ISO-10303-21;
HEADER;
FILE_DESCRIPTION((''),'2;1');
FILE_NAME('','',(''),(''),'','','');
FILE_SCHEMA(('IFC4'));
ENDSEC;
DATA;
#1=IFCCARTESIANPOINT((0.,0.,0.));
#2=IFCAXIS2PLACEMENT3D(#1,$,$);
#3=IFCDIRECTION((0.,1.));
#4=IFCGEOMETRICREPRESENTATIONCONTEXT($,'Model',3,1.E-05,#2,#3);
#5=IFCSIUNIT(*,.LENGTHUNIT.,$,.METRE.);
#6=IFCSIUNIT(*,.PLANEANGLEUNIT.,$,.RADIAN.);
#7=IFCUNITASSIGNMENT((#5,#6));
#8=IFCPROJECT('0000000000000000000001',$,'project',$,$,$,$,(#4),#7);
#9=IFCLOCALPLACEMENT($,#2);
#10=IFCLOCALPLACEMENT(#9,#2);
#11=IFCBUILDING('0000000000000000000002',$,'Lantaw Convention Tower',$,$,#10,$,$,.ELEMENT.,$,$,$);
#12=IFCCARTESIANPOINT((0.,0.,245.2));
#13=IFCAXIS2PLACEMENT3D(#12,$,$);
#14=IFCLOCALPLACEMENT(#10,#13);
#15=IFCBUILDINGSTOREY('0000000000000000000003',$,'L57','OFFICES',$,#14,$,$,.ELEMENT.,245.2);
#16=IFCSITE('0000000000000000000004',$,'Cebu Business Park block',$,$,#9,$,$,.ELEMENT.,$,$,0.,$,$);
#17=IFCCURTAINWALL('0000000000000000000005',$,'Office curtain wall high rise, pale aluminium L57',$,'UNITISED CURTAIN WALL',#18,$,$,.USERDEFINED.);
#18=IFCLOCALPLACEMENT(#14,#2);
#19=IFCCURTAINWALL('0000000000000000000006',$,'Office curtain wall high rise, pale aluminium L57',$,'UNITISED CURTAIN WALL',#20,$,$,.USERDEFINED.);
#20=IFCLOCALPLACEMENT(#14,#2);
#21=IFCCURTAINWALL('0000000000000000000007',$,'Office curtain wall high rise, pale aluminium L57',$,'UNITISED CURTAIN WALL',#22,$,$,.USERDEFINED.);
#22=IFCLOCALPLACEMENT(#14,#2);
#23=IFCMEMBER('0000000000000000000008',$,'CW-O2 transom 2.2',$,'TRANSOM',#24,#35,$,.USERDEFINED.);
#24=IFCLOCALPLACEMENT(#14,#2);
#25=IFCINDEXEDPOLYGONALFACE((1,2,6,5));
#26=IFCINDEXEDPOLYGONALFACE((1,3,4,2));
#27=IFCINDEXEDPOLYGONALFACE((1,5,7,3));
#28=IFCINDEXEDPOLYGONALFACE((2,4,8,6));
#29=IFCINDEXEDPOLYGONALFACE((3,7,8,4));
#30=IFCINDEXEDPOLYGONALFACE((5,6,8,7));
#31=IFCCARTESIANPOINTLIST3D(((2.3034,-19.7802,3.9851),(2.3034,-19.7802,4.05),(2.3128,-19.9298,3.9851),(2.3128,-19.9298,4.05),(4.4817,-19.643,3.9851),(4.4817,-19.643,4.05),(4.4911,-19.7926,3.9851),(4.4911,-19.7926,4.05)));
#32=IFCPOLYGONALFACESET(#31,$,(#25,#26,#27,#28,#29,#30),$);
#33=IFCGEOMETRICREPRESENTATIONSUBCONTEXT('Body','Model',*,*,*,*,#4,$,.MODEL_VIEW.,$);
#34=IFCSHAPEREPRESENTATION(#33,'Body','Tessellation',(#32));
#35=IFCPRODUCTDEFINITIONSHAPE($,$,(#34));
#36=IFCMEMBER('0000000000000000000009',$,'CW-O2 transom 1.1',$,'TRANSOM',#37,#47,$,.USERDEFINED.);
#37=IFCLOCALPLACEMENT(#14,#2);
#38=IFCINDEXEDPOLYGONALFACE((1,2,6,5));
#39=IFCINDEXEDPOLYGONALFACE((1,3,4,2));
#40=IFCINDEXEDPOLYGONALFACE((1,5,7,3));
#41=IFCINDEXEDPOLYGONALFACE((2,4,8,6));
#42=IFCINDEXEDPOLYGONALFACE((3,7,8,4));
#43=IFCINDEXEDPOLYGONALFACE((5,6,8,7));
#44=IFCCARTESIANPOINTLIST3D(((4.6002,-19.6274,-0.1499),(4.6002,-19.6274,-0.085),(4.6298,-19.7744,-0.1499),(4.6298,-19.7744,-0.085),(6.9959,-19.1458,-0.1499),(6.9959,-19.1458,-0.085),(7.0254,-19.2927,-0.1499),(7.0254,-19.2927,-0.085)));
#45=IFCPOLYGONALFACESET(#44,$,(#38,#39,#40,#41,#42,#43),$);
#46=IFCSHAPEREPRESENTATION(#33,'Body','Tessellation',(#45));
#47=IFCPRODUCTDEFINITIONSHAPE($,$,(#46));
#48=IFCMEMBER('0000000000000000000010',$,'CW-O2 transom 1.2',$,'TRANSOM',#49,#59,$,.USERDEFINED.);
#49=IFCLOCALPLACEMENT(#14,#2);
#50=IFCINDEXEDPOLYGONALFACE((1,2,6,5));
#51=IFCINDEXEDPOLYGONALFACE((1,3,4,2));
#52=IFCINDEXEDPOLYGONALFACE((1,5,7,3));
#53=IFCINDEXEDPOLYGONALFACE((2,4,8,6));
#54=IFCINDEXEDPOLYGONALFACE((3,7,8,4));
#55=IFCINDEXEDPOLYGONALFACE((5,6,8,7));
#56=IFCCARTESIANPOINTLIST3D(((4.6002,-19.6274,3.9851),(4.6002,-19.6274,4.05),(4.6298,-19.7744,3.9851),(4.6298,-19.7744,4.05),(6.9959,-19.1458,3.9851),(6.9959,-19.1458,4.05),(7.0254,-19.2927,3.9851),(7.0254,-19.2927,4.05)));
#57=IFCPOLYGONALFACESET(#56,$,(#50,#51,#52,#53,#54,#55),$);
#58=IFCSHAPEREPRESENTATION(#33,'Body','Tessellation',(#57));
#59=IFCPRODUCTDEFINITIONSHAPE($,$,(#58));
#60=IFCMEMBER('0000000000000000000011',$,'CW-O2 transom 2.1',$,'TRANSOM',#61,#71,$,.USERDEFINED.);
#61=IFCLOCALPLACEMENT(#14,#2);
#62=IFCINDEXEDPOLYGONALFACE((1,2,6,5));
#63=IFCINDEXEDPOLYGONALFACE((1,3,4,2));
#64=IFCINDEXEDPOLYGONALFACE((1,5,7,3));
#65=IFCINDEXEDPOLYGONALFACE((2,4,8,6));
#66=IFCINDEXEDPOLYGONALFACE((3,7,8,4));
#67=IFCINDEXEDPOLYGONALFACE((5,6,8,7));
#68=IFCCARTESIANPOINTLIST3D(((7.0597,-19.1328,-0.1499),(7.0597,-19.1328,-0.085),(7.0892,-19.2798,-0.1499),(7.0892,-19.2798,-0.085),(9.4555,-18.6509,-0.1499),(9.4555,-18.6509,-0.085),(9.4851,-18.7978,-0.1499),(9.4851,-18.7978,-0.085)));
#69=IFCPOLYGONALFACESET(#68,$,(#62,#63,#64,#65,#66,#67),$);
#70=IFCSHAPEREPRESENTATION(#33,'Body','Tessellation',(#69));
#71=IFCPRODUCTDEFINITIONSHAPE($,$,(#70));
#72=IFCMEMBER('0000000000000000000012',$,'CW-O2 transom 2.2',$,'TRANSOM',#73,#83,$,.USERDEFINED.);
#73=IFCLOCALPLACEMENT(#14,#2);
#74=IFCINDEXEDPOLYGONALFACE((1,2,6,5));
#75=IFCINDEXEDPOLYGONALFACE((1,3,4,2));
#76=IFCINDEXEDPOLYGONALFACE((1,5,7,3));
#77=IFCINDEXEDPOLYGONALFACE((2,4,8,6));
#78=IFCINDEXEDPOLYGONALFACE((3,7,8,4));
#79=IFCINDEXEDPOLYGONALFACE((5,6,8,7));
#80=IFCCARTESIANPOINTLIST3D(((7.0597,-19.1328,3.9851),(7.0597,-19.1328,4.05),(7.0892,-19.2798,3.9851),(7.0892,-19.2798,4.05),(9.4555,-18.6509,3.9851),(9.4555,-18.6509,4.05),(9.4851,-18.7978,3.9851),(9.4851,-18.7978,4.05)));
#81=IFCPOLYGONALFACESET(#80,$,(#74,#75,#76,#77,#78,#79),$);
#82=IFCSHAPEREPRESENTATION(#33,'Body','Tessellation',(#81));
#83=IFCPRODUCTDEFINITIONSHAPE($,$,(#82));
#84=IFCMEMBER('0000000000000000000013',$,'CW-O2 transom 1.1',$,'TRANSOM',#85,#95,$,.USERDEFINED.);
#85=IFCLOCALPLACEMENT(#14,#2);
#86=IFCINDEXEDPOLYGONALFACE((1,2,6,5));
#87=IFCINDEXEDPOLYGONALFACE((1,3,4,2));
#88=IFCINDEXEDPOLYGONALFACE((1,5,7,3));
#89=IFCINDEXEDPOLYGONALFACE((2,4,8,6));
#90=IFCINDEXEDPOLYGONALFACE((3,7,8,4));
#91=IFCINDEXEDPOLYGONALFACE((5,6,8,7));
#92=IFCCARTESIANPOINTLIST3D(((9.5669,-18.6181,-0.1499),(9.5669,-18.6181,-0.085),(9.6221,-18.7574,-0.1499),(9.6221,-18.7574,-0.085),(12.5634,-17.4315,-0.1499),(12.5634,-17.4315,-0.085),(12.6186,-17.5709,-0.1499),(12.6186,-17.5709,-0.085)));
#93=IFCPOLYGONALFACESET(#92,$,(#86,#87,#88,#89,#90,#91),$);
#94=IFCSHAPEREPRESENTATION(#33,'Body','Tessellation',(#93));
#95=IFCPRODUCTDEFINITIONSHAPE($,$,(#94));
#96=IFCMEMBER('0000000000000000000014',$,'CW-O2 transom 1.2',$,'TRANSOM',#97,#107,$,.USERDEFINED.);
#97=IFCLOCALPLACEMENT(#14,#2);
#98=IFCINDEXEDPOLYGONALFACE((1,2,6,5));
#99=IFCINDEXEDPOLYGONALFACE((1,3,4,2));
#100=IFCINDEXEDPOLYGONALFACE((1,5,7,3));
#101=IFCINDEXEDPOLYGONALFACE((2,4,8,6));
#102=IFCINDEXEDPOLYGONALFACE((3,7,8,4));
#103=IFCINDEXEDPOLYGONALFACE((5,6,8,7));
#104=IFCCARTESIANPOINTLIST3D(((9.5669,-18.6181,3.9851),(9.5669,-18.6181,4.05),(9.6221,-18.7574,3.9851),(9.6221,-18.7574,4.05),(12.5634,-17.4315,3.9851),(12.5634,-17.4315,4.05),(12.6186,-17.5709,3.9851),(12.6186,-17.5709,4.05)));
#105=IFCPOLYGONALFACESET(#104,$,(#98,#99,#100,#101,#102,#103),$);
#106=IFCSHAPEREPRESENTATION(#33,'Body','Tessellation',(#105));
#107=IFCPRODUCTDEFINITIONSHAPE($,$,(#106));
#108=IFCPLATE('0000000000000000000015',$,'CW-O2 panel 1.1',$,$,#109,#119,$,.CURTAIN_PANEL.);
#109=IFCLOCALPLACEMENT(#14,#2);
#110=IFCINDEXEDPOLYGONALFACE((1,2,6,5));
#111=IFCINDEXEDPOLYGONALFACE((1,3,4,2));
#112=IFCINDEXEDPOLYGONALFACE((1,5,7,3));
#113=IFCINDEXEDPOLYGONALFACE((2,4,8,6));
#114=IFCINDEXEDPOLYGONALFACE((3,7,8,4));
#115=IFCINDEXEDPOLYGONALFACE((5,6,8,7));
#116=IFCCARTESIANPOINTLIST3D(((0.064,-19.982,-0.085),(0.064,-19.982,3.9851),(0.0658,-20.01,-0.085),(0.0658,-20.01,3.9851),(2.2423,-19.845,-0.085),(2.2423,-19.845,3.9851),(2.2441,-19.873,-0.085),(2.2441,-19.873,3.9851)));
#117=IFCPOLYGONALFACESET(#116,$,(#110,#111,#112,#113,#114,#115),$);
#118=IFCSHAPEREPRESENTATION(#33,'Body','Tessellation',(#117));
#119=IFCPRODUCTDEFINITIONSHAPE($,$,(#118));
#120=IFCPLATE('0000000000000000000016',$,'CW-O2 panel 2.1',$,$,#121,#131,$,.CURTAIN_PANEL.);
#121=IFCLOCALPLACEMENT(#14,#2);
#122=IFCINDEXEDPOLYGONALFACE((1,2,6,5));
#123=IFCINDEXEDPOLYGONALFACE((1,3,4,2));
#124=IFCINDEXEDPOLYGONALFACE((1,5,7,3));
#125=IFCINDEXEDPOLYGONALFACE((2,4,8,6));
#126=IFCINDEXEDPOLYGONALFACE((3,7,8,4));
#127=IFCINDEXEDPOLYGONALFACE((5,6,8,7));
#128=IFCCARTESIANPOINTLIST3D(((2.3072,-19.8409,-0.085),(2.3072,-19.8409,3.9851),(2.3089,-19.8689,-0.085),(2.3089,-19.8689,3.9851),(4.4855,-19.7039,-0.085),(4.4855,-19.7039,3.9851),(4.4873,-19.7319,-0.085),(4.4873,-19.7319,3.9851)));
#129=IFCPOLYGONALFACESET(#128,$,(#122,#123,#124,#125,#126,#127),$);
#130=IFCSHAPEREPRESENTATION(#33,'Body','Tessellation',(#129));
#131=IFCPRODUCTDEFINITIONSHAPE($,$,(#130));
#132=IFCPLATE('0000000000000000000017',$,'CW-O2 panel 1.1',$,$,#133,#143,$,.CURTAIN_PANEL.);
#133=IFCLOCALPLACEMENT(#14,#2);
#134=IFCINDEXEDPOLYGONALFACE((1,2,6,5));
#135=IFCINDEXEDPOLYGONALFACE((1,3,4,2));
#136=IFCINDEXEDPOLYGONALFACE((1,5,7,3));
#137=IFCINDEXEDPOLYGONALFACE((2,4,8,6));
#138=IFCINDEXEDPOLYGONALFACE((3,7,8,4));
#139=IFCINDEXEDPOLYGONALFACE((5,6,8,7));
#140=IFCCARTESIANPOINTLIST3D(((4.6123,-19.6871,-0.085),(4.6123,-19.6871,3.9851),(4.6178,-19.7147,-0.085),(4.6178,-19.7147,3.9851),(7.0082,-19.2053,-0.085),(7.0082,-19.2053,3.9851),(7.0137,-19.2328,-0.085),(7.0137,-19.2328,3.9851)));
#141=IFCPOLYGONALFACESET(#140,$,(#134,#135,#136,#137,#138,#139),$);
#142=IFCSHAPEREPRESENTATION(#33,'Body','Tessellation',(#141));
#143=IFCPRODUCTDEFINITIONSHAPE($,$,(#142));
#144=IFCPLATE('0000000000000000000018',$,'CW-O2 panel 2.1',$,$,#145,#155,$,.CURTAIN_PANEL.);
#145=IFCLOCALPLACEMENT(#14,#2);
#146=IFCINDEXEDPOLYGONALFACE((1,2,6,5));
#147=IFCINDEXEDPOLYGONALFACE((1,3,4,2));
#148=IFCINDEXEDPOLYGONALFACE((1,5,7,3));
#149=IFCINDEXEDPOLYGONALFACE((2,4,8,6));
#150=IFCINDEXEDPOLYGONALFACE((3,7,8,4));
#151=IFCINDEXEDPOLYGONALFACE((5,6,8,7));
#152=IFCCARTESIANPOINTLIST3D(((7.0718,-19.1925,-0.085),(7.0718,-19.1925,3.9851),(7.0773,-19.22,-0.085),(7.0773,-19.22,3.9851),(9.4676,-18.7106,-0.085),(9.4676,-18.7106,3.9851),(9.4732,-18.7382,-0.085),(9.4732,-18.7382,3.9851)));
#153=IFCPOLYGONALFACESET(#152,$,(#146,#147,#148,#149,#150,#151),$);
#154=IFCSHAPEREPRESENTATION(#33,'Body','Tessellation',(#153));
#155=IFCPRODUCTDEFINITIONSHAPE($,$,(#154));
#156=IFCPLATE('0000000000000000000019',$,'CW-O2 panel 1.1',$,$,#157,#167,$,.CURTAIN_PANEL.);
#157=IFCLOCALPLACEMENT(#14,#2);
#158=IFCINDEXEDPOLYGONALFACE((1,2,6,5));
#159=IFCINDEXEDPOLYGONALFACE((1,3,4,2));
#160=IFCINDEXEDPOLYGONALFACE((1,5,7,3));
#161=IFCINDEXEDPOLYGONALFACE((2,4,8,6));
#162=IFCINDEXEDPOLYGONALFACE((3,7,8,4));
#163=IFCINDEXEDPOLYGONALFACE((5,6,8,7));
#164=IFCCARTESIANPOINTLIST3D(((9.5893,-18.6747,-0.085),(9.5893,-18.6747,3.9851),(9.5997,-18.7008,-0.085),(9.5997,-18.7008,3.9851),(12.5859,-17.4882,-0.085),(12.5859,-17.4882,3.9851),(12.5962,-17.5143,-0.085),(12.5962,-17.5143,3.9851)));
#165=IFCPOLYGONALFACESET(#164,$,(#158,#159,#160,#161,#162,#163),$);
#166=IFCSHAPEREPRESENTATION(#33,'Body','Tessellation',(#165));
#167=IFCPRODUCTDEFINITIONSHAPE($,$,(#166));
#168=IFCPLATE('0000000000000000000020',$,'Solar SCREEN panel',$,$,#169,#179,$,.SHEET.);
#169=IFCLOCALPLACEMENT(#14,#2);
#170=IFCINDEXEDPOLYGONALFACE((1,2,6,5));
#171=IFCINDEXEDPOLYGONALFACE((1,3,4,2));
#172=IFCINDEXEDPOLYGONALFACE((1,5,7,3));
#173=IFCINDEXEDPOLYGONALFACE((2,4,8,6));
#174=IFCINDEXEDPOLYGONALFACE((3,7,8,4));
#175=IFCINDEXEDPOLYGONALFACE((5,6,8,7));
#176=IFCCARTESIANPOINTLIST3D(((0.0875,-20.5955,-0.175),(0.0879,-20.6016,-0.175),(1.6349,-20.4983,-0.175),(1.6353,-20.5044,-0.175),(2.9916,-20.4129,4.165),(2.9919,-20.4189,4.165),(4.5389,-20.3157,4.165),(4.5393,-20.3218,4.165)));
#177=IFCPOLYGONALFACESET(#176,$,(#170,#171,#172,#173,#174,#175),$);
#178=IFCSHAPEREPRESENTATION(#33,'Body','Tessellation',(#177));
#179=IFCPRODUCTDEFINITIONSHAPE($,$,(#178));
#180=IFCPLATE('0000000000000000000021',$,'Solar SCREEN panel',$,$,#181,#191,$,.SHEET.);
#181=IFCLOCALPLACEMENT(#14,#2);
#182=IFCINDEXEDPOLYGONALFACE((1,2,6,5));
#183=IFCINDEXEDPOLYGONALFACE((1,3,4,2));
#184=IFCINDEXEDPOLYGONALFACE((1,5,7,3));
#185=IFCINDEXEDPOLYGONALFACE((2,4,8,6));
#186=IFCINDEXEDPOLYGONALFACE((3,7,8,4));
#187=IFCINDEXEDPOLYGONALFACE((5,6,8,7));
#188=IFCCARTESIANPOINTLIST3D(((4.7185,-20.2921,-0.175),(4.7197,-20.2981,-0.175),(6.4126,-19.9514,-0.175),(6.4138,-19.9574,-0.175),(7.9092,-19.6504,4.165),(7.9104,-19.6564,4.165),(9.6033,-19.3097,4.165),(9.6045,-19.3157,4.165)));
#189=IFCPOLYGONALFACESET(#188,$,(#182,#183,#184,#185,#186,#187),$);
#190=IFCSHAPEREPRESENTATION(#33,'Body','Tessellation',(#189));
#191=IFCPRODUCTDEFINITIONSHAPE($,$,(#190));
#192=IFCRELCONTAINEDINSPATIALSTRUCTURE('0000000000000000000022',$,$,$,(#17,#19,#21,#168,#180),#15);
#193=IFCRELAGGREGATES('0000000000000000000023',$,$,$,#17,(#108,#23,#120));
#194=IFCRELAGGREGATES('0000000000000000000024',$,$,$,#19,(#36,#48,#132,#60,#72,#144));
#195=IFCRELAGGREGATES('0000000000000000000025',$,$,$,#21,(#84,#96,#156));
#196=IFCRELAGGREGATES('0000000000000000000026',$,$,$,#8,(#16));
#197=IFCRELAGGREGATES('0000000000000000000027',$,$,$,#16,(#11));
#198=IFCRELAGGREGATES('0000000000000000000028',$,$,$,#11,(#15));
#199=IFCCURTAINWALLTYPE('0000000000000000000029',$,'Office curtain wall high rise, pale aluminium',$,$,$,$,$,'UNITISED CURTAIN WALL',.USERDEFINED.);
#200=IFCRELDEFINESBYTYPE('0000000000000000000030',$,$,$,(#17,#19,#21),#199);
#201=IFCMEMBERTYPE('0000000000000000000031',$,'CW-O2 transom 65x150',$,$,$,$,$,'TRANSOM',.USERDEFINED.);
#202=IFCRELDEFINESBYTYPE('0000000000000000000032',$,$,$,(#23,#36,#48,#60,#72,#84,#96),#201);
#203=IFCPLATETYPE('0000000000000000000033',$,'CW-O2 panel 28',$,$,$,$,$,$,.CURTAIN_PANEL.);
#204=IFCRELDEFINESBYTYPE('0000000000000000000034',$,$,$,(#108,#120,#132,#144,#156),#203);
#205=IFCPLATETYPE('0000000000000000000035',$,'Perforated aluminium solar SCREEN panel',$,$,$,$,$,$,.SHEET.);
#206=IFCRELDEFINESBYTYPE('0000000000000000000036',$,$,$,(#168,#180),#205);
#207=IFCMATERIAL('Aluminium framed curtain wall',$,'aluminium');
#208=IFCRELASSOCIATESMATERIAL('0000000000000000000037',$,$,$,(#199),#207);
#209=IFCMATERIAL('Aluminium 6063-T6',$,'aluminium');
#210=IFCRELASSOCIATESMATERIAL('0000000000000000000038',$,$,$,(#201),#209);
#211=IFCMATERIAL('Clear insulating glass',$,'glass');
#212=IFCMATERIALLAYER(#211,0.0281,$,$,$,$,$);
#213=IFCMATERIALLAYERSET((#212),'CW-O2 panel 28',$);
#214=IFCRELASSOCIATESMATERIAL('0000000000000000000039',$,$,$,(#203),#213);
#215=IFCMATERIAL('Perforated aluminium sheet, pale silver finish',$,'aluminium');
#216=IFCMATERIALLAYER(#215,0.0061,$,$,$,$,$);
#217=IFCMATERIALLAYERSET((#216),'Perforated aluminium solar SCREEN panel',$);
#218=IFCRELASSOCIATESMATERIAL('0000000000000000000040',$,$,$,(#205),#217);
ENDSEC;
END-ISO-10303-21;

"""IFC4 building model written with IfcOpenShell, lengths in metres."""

from ifc_helpers import new_model, si_unit, direction, frame, origin, origin_2d, place, context, subcontext, project, spatial, polyline, rectangle, outline, extrude, material, layer, layer_set, material_profile, profile_set, type_object, element, aggregate, save


model = new_model("IFC4")

# Units and contexts
model_context = context("Model", 3, precision=1e-05, world=origin(), true_north=direction((0.0, 1.0)))
body_context = subcontext(model_context, "Body", "Model", "MODEL_VIEW")
ifc_project = project(units=[si_unit("LENGTHUNIT", "METRE"), si_unit("PLANEANGLEUNIT", "RADIAN")], contexts=[model_context])

# Site, building, storey
site_placement = place(None, origin())
site = spatial("IfcSite", under=ifc_project, at=site_placement, Name="Cebu Business Park block", CompositionType="ELEMENT", RefElevation=0.0)
building_placement = place(site_placement, origin())
building = spatial("IfcBuilding", under=site, at=building_placement, Name="Lantaw Convention Tower", CompositionType="ELEMENT")
storey_placement = place(building_placement, frame((0.0, 0.0, 245.2)))
storey = spatial("IfcBuildingStorey", under=building, at=storey_placement, Name="L57", Description="OFFICES", CompositionType="ELEMENT", Elevation=245.2)

# Curtain walls
ifc_material_1 = material(Name="Aluminium framed curtain wall", Category="aluminium")
curtain_wall_type = type_object("IfcCurtainWallType", Name="Office curtain wall high rise, pale aluminium", ElementType="UNITISED CURTAIN WALL", PredefinedType="USERDEFINED", material=ifc_material_1)
curtain_wall_1_placement = place(storey_placement, origin())
curtain_wall_1 = element("IfcCurtainWall", 1, at=curtain_wall_1_placement, inside=storey, type_object=curtain_wall_type, Name="Office curtain wall high rise, pale aluminium L57", ObjectType="UNITISED CURTAIN WALL", PredefinedType="USERDEFINED")
ifc_material_2 = material(Name="Aluminium 6063-T6", Category="aluminium")
curtain_wall_2_placement = place(storey_placement, origin())
curtain_wall_2 = element("IfcCurtainWall", 2, at=curtain_wall_2_placement, inside=storey, type_object=curtain_wall_type, Name="Office curtain wall high rise, pale aluminium L57", ObjectType="UNITISED CURTAIN WALL", PredefinedType="USERDEFINED")
curtain_wall_3_placement = place(storey_placement, origin())
curtain_wall_3 = element("IfcCurtainWall", 3, at=curtain_wall_3_placement, inside=storey, type_object=curtain_wall_type, Name="Office curtain wall high rise, pale aluminium L57", ObjectType="UNITISED CURTAIN WALL", PredefinedType="USERDEFINED")

# Members
ifc_material_profile_1 = material_profile(ifc_material_2, rectangle(XDim=0.1499, YDim=0.0649, at=origin_2d()), Name="CW-O2 transom 65x150")
ifc_profile_set_1 = profile_set([ifc_material_profile_1], Name="Aluminium 6063-T6")
member_type_1 = type_object("IfcMemberType", Name="CW-O2 transom 65x150", ElementType="TRANSOM", PredefinedType="USERDEFINED", material=ifc_profile_set_1)
member_1_placement = place(storey_placement, frame((2.3081, -19.855, 4.0176), z_axis=(0.998022, 0.062866, 0.0), x_axis=(-0.062866, 0.998022, 0.0)))
member_1 = element("IfcMember", 4, at=member_1_placement, type_object=member_type_1, Name="CW-O2 transom 2.2", ObjectType="TRANSOM", PredefinedType="USERDEFINED", context=body_context, shape_type="SweptSolid", body=[
    extrude(rectangle(XDim=0.1499, YDim=0.0649, at=origin_2d()), origin(), (0.0, 0.0, 1.0), 2.1826),
])
member_2_placement = place(storey_placement, frame((4.615, -19.7009, -0.1174), z_axis=(0.98038, 0.197115, 0.0), x_axis=(-0.197115, 0.98038, 0.0)))
member_2 = element("IfcMember", 5, at=member_2_placement, type_object=member_type_1, Name="CW-O2 transom 1.1", ObjectType="TRANSOM", PredefinedType="USERDEFINED", context=body_context, shape_type="SweptSolid", body=[
    extrude(rectangle(XDim=0.1499, YDim=0.0649, at=origin_2d()), origin(), (0.0, 0.0, 1.0), 2.4436),
])
member_3_placement = place(storey_placement, frame((4.615, -19.7009, 4.0176), z_axis=(0.98038, 0.197115, 0.0), x_axis=(-0.197115, 0.98038, 0.0)))
member_3 = element("IfcMember", 6, at=member_3_placement, type_object=member_type_1, Name="CW-O2 transom 1.2", ObjectType="TRANSOM", PredefinedType="USERDEFINED", context=body_context, shape_type="SweptSolid", body=[
    extrude(rectangle(XDim=0.1499, YDim=0.0649, at=origin_2d()), origin(), (0.0, 0.0, 1.0), 2.4436),
])
member_4_placement = place(storey_placement, frame((7.0745, -19.2063, -0.1174), z_axis=(0.980361, 0.197211, 0.0), x_axis=(-0.197211, 0.980361, 0.0)))
member_4 = element("IfcMember", 7, at=member_4_placement, type_object=member_type_1, Name="CW-O2 transom 2.1", ObjectType="TRANSOM", PredefinedType="USERDEFINED", context=body_context, shape_type="SweptSolid", body=[
    extrude(rectangle(XDim=0.1499, YDim=0.0649, at=origin_2d()), origin(), (0.0, 0.0, 1.0), 2.4438),
])
member_5_placement = place(storey_placement, frame((7.0745, -19.2063, 4.0176), z_axis=(0.980361, 0.197211, 0.0), x_axis=(-0.197211, 0.980361, 0.0)))
member_5 = element("IfcMember", 8, at=member_5_placement, type_object=member_type_1, Name="CW-O2 transom 2.2", ObjectType="TRANSOM", PredefinedType="USERDEFINED", context=body_context, shape_type="SweptSolid", body=[
    extrude(rectangle(XDim=0.1499, YDim=0.0649, at=origin_2d()), origin(), (0.0, 0.0, 1.0), 2.4438),
])
member_6_placement = place(storey_placement, frame((9.5945, -18.6877, -0.1174), z_axis=(0.929767, 0.368149, 0.0), x_axis=(-0.368149, 0.929767, 0.0)))
member_6 = element("IfcMember", 9, at=member_6_placement, type_object=member_type_1, Name="CW-O2 transom 1.1", ObjectType="TRANSOM", PredefinedType="USERDEFINED", context=body_context, shape_type="SweptSolid", body=[
    extrude(rectangle(XDim=0.1499, YDim=0.0649, at=origin_2d()), origin(), (0.0, 0.0, 1.0), 3.2229),
])
member_7_placement = place(storey_placement, frame((9.5945, -18.6877, 4.0176), z_axis=(0.929767, 0.368149, 0.0), x_axis=(-0.368149, 0.929767, 0.0)))
member_7 = element("IfcMember", 10, at=member_7_placement, type_object=member_type_1, Name="CW-O2 transom 1.2", ObjectType="TRANSOM", PredefinedType="USERDEFINED", context=body_context, shape_type="SweptSolid", body=[
    extrude(rectangle(XDim=0.1499, YDim=0.0649, at=origin_2d()), origin(), (0.0, 0.0, 1.0), 3.2229),
])

# Plates
ifc_material_3 = material(Name="Clear insulating glass", Category="glass")
ifc_layer_1 = layer(ifc_material_3, 0.0281)
ifc_layer_set_1 = layer_set([ifc_layer_1], Name="CW-O2 panel 28")
plate_type_1 = type_object("IfcPlateType", Name="CW-O2 panel 28", PredefinedType="CURTAIN_PANEL", material=ifc_layer_set_1)
plate_1_placement = place(storey_placement, frame((1.1541, -19.9275, -0.085), z_axis=(0.0, 0.0, 1.0), x_axis=(0.998029, 0.062758, 0.0)))
plate_1 = element("IfcPlate", 11, at=plate_1_placement, type_object=plate_type_1, Name="CW-O2 panel 1.1", PredefinedType="CURTAIN_PANEL", context=body_context, shape_type="SweptSolid", body=[
    extrude(rectangle(XDim=2.1826, YDim=0.0281, at=origin_2d()), origin(), (0.0, 0.0, 1.0), 4.0701),
])
plate_2_placement = place(storey_placement, frame((3.3972, -19.7864, -0.085), z_axis=(0.0, 0.0, 1.0), x_axis=(0.998029, 0.062758, 0.0)))
plate_2 = element("IfcPlate", 12, at=plate_2_placement, type_object=plate_type_1, Name="CW-O2 panel 2.1", PredefinedType="CURTAIN_PANEL", context=body_context, shape_type="SweptSolid", body=[
    extrude(rectangle(XDim=2.1826, YDim=0.0281, at=origin_2d()), origin(), (0.0, 0.0, 1.0), 4.0701),
])
aggregate(curtain_wall_1, [plate_1, member_1, plate_2])
plate_3_placement = place(storey_placement, frame((5.813, -19.46, -0.085), z_axis=(0.0, 0.0, 1.0), x_axis=(0.980367, 0.197183, 0.0)))
plate_3 = element("IfcPlate", 13, at=plate_3_placement, type_object=plate_type_1, Name="CW-O2 panel 1.1", PredefinedType="CURTAIN_PANEL", context=body_context, shape_type="SweptSolid", body=[
    extrude(rectangle(XDim=2.4438, YDim=0.0281, at=origin_2d()), origin(), (0.0, 0.0, 1.0), 4.0701),
])
plate_4_placement = place(storey_placement, frame((8.2725, -18.9653, -0.085), z_axis=(0.0, 0.0, 1.0), x_axis=(0.980367, 0.197183, 0.0)))
plate_4 = element("IfcPlate", 14, at=plate_4_placement, type_object=plate_type_1, Name="CW-O2 panel 2.1", PredefinedType="CURTAIN_PANEL", context=body_context, shape_type="SweptSolid", body=[
    extrude(rectangle(XDim=2.4438, YDim=0.0281, at=origin_2d()), origin(), (0.0, 0.0, 1.0), 4.0701),
])
aggregate(curtain_wall_2, [member_2, member_3, plate_3, member_4, member_5, plate_4])
plate_5_placement = place(storey_placement, frame((11.0928, -18.0945, -0.085), z_axis=(0.0, 0.0, 1.0), x_axis=(0.929762, 0.368162, 0.0)))
plate_5 = element("IfcPlate", 15, at=plate_5_placement, type_object=plate_type_1, Name="CW-O2 panel 1.1", PredefinedType="CURTAIN_PANEL", context=body_context, shape_type="SweptSolid", body=[
    extrude(rectangle(XDim=3.2229, YDim=0.0281, at=origin_2d()), origin(), (0.0, 0.0, 1.0), 4.0701),
])
aggregate(curtain_wall_3, [member_6, member_7, plate_5])

# Plates
ifc_material_4 = material(Name="Perforated aluminium sheet, pale silver finish", Category="aluminium")
ifc_layer_2 = layer(ifc_material_4, 0.0061)
ifc_layer_set_2 = layer_set([ifc_layer_2], Name="Perforated aluminium solar SCREEN panel")
plate_type_2 = type_object("IfcPlateType", Name="Perforated aluminium solar SCREEN panel", PredefinedType="SHEET", material=ifc_layer_set_2)
plate_6_placement = place(storey_placement, frame((0.0879, -20.6016, -0.175), z_axis=(0.062672, -0.998034, 0.000059), x_axis=(0.998034, 0.062672, 0.0)))
element("IfcPlate", 16, at=plate_6_placement, inside=storey, type_object=plate_type_2, Name="Solar SCREEN panel", PredefinedType="SHEET", context=body_context, shape_type="SweptSolid", body=[
    extrude(outline(polyline([(0.0, 0.0), (1.5504, 0.0), (4.4602, 4.3401), (2.9098, 4.3401), (0.0, 0.0)])), origin(), (0.0, 0.0, -1.0), 0.0061),
])
plate_7_placement = place(storey_placement, frame((4.7197, -20.2981, -0.175), z_axis=(0.197162, -0.980371, 0.000011), x_axis=(0.980371, 0.197162, 0.0)))
element("IfcPlate", 17, at=plate_7_placement, inside=storey, type_object=plate_type_2, Name="Solar SCREEN panel", PredefinedType="SHEET", context=body_context, shape_type="SweptSolid", body=[
    extrude(outline(polyline([(0.0, 0.0), (1.728, 0.0), (4.9826, 4.3401), (3.2546, 4.3401), (0.0, 0.0)])), origin(), (0.0, 0.0, -1.0), 0.0061),
])

save(model, "model.ifc")
